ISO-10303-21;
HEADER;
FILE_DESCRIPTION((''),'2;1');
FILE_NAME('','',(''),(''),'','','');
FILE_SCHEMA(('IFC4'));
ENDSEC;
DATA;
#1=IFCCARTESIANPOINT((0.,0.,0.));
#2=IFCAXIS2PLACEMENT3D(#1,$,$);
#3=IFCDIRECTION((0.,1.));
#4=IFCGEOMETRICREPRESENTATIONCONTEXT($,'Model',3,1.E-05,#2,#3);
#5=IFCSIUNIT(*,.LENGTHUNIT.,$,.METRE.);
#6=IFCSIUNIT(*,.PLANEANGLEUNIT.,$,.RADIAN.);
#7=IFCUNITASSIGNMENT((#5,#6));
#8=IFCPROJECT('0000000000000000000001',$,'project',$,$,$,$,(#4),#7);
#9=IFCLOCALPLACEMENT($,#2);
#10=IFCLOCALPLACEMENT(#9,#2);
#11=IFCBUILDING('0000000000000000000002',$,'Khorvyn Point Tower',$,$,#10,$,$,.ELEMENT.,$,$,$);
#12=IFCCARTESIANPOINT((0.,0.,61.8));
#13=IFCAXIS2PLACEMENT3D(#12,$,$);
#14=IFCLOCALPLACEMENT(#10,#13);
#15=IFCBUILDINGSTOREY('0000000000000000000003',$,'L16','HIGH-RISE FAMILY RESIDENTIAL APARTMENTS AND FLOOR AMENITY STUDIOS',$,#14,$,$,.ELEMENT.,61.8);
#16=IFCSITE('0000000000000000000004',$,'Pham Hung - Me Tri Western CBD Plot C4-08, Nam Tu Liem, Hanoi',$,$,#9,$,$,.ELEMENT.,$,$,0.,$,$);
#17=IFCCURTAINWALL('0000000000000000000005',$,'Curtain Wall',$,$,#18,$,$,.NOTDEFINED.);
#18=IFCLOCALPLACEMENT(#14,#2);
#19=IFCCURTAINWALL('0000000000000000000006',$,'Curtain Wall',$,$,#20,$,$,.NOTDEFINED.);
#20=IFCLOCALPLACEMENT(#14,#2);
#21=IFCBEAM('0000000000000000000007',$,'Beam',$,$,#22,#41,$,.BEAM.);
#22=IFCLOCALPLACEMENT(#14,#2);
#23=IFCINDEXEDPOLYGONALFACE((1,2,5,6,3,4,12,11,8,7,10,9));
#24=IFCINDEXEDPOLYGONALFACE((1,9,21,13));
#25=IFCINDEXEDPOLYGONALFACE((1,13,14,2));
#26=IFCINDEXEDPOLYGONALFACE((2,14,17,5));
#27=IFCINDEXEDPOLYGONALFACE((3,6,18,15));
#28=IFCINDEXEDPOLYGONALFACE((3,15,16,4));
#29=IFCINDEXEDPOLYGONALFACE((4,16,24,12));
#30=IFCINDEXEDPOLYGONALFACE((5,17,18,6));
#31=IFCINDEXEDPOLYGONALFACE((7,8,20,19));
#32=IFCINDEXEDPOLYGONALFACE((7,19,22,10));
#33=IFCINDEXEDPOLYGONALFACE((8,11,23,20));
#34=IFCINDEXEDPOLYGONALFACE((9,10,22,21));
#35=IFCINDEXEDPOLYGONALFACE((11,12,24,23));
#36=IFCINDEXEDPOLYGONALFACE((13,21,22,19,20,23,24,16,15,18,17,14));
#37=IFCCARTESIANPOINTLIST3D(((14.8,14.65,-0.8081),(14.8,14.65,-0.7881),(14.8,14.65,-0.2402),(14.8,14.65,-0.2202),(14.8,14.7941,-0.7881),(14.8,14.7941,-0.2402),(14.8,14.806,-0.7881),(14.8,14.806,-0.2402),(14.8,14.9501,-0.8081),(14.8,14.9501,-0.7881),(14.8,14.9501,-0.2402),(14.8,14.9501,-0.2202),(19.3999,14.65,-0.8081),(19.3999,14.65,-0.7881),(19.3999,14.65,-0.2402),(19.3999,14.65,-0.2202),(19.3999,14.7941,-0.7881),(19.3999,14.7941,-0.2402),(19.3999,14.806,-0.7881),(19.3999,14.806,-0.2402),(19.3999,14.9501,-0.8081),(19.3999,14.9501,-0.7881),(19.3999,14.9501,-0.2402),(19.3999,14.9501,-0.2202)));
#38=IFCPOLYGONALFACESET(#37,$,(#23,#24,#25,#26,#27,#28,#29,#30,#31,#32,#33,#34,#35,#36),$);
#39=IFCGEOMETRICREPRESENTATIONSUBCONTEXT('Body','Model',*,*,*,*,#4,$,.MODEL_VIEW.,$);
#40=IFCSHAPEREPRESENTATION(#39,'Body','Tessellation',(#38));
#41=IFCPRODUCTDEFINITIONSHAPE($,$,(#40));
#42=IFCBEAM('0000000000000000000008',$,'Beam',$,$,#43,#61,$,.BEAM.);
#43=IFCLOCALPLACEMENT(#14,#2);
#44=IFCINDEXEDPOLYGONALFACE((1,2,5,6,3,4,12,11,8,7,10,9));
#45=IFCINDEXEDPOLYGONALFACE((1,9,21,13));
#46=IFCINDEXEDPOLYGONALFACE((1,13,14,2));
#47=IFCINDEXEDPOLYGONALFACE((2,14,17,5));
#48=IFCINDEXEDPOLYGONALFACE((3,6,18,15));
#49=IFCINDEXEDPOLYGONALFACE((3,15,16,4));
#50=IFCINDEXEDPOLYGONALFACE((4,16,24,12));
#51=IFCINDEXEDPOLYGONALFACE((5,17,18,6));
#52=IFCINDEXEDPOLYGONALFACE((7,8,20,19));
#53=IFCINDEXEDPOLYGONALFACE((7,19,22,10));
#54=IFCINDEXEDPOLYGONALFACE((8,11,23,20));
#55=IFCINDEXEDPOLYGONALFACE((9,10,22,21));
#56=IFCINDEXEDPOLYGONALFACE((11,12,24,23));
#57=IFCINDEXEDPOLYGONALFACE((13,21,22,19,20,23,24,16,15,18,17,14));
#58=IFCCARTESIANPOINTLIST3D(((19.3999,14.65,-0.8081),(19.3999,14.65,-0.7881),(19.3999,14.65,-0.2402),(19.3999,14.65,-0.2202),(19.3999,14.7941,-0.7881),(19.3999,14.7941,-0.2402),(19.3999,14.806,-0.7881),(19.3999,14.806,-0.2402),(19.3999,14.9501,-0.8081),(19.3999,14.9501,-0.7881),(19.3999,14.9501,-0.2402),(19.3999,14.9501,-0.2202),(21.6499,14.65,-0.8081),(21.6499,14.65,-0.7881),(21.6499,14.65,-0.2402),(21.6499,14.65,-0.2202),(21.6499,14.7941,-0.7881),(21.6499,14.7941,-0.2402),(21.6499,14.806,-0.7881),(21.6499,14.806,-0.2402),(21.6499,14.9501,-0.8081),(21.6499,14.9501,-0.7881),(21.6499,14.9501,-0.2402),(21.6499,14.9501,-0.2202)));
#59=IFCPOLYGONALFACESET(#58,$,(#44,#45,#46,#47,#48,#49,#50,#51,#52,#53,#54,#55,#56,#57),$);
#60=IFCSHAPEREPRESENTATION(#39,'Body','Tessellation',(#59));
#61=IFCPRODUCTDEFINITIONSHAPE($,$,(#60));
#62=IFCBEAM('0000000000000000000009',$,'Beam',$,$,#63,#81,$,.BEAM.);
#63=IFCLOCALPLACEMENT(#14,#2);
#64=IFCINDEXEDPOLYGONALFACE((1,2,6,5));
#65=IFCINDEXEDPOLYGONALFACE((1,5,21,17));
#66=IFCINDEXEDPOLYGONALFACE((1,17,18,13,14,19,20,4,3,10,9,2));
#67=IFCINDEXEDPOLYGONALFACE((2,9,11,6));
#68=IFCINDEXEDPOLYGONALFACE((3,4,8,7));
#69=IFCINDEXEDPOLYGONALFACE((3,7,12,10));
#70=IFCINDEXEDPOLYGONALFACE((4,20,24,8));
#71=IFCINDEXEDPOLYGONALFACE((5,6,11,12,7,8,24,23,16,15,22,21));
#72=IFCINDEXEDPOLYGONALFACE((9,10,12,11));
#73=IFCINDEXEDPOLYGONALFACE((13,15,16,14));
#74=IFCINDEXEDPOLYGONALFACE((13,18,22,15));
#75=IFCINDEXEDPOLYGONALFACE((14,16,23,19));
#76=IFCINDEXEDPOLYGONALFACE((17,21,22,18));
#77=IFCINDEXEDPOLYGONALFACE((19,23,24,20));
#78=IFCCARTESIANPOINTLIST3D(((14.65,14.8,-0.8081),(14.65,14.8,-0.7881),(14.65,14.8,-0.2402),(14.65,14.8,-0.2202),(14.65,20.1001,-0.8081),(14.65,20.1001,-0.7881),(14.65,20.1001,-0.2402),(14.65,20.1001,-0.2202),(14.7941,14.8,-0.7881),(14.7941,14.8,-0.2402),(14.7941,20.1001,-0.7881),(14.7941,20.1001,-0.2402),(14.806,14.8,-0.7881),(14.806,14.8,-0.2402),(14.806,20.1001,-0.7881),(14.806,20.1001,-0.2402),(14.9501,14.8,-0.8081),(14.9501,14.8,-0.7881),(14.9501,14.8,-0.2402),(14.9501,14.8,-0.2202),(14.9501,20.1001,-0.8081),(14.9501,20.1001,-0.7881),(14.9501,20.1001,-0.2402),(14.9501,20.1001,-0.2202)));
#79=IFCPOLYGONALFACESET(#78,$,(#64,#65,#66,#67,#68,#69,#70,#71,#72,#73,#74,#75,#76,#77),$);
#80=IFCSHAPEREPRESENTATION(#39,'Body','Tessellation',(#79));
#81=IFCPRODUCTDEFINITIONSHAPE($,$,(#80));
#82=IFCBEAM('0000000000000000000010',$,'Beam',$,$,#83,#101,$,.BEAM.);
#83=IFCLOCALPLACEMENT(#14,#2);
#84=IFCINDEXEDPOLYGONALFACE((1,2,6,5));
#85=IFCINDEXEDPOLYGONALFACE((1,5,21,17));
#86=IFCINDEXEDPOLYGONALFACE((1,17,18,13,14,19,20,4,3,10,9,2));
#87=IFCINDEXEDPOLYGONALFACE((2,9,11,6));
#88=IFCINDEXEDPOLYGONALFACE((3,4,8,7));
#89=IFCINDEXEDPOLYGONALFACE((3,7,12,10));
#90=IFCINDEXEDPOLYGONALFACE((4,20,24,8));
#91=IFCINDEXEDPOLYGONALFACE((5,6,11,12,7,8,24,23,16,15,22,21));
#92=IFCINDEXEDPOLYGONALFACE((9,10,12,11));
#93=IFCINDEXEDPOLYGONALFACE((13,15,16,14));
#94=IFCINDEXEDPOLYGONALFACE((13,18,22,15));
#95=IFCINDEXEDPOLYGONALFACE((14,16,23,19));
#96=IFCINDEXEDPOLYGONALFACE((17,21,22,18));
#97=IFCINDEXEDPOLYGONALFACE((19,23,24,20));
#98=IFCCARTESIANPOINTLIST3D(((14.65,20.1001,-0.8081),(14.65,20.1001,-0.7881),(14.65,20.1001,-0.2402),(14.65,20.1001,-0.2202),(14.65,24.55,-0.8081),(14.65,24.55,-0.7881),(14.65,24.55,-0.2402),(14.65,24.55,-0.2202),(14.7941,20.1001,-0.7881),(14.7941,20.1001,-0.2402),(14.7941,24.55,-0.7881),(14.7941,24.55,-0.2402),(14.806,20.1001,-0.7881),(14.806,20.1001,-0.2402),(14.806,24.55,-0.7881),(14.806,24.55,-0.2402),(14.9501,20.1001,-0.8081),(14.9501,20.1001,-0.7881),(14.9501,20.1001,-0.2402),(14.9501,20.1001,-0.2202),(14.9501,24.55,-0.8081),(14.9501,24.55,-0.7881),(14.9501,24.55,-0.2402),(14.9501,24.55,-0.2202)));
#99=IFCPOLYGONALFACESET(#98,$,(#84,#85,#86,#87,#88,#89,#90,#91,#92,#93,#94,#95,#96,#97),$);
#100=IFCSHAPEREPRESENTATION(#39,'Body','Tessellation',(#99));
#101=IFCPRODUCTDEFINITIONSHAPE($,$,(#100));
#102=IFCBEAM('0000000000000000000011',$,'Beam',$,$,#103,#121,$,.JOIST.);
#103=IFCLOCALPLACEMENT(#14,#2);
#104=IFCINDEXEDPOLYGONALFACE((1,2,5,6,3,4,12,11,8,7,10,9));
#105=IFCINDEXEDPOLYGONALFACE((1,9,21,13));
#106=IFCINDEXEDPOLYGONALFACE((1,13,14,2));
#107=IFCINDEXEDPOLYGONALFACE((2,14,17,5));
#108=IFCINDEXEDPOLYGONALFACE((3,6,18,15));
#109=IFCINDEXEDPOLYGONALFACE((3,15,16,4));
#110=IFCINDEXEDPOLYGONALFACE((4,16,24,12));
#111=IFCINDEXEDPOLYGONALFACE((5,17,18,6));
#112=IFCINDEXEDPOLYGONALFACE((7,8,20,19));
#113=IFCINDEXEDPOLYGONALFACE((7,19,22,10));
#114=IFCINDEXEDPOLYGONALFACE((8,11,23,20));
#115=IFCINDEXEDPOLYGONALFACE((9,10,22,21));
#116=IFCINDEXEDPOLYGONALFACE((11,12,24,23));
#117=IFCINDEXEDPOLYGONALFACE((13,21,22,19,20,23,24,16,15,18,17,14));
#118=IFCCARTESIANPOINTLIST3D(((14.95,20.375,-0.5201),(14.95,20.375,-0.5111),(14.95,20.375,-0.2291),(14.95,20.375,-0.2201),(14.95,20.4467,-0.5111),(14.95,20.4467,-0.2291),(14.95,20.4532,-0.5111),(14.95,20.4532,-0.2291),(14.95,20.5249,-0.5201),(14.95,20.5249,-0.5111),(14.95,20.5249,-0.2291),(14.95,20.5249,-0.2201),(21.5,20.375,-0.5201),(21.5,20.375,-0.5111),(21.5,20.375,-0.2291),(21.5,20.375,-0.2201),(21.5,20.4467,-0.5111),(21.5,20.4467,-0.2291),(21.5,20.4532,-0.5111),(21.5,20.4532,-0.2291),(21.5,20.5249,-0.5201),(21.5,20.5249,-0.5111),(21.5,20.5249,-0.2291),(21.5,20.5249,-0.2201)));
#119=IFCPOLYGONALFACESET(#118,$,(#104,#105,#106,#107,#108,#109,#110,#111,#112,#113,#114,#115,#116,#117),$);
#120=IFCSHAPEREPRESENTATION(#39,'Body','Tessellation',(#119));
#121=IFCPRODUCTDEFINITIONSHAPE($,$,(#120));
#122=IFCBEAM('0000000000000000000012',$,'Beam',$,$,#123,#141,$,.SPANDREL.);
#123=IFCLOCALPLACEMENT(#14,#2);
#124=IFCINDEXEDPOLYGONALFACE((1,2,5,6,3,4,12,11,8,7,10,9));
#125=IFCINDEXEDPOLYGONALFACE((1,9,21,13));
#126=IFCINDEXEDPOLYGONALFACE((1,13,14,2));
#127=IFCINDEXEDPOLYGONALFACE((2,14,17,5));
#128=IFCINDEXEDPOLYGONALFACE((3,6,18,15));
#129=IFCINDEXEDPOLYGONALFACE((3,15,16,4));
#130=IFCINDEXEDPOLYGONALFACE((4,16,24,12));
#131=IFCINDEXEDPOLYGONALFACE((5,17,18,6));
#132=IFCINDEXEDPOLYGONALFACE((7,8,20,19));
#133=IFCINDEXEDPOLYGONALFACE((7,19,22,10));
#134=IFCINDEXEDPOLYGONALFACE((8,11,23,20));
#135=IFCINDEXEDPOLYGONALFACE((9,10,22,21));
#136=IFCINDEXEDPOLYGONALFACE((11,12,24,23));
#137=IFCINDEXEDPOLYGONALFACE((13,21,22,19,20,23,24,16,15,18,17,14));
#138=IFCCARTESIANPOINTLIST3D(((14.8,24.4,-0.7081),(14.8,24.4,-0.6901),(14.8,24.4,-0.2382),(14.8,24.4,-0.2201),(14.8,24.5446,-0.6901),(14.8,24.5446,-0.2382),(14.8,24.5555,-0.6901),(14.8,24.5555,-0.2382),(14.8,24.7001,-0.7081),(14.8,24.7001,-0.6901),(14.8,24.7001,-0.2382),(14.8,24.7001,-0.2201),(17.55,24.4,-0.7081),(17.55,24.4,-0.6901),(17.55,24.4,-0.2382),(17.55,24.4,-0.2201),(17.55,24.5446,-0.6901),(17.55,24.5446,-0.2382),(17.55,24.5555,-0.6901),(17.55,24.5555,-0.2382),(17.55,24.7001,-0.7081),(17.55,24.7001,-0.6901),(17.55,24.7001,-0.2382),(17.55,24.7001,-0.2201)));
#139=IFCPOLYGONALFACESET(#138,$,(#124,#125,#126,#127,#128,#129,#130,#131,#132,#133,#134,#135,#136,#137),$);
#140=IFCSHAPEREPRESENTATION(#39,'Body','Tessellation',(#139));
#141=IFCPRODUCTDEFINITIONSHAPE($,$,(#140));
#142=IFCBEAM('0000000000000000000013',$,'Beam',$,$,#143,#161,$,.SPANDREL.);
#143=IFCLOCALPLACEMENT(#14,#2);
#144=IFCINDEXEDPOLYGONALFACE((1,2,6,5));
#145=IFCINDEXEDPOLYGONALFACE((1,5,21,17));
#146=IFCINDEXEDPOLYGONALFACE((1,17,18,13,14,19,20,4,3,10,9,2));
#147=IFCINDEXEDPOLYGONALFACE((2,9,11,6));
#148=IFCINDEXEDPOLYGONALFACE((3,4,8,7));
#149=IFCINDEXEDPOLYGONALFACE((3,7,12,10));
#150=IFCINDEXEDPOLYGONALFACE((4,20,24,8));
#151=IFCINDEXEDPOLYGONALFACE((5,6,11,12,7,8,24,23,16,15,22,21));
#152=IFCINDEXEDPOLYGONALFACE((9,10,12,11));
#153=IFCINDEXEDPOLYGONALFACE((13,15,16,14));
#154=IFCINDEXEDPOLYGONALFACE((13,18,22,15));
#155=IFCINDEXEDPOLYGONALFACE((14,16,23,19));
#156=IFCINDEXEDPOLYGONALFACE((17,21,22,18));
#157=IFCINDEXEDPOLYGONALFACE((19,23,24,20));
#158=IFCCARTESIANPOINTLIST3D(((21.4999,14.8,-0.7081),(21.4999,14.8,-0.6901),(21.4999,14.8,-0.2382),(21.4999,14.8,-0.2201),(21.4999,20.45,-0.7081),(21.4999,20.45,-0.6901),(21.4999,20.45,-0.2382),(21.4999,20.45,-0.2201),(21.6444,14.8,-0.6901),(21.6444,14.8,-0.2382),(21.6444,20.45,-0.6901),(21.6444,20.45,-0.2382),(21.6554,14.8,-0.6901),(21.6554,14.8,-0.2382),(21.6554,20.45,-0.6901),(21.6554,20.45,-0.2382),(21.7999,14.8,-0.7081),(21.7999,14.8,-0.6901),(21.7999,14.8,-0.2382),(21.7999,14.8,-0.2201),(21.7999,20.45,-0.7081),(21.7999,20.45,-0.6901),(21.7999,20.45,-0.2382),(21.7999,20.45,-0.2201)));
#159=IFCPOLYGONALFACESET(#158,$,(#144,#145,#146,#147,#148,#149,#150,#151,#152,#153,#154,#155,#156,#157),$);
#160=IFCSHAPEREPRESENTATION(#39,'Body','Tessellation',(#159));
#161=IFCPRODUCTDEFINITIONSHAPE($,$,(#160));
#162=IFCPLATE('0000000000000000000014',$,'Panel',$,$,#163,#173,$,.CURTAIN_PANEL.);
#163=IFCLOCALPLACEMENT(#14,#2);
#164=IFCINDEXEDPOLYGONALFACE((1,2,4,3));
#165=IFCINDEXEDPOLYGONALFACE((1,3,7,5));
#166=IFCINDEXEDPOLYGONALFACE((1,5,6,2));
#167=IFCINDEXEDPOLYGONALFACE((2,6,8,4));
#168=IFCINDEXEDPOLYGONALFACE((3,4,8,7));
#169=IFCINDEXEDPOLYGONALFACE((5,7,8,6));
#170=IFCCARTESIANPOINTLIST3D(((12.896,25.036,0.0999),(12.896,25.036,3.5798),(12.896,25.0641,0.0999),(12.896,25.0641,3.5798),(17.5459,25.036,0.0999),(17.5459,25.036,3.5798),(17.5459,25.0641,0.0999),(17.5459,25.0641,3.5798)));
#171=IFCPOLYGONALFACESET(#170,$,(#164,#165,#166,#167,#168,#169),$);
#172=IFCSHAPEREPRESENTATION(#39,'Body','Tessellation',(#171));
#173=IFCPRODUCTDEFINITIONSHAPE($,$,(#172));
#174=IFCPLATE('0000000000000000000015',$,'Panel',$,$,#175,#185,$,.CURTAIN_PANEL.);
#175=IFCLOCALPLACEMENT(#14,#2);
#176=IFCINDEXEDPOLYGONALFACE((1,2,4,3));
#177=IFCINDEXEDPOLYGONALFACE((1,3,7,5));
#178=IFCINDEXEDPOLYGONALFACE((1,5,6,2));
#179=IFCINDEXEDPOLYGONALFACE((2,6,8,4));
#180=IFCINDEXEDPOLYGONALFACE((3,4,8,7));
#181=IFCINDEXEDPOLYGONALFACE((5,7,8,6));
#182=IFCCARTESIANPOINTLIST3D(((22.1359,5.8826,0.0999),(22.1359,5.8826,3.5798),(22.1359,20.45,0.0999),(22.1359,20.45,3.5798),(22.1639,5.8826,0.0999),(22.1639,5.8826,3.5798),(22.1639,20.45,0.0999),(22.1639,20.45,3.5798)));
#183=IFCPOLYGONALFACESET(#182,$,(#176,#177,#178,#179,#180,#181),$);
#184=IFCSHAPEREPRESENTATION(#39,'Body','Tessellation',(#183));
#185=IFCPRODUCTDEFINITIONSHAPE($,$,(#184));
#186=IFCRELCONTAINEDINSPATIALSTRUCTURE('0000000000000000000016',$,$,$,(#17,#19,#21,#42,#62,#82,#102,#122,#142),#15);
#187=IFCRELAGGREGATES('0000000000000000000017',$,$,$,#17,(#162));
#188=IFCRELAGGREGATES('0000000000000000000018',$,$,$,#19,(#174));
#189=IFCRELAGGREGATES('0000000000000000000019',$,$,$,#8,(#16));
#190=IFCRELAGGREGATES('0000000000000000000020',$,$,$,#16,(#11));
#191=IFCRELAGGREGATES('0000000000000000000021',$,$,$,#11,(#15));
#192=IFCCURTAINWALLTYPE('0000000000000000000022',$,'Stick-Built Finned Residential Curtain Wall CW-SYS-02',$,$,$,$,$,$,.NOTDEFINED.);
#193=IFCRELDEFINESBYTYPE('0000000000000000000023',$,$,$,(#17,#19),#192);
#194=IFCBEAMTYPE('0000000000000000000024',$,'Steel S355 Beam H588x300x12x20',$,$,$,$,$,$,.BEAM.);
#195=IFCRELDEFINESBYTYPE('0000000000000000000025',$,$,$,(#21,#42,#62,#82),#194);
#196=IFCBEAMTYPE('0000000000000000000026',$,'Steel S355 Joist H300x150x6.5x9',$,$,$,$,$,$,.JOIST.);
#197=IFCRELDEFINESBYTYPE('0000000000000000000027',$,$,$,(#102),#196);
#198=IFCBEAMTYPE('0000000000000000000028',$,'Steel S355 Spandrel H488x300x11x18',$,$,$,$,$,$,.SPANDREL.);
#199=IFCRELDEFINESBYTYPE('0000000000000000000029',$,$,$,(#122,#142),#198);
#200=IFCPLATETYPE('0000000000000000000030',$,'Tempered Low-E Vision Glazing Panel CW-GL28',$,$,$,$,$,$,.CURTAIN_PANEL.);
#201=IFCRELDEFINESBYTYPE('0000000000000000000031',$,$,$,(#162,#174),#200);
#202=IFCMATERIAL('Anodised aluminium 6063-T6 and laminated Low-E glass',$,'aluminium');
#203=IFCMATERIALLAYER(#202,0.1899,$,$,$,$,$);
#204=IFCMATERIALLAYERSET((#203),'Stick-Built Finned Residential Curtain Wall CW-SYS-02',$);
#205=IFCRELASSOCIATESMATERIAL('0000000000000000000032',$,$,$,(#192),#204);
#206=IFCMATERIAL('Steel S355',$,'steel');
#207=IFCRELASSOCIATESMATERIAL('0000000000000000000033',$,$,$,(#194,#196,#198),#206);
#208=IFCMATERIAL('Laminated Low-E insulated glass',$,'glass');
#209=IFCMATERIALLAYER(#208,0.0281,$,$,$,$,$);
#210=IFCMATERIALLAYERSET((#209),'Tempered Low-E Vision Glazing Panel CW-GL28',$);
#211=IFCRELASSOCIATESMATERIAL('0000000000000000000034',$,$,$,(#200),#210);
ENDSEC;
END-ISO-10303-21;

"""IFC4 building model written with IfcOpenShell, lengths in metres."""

from ifc_helpers import new_model, si_unit, direction, frame, origin, origin_2d, place, context, subcontext, project, spatial, rectangle, i_section, extrude, material, layer, layer_set, material_profile, profile_set, type_object, element, aggregate, save


model = new_model("IFC4")

# Units and contexts
model_context = context("Model", 3, precision=1e-05, world=origin(), true_north=direction((0.0, 1.0)))
body_context = subcontext(model_context, "Body", "Model", "MODEL_VIEW")
ifc_project = project(units=[si_unit("LENGTHUNIT", "METRE"), si_unit("PLANEANGLEUNIT", "RADIAN")], contexts=[model_context])

# Site, building, storey
site_placement = place(None, origin())
site = spatial("IfcSite", under=ifc_project, at=site_placement, Name="Pham Hung - Me Tri Western CBD Plot C4-08, Nam Tu Liem, Hanoi", CompositionType="ELEMENT", RefElevation=0.0)
building_placement = place(site_placement, origin())
building = spatial("IfcBuilding", under=site, at=building_placement, Name="Khorvyn Point Tower", CompositionType="ELEMENT")
storey_placement = place(building_placement, frame((0.0, 0.0, 61.8)))
storey = spatial("IfcBuildingStorey", under=building, at=storey_placement, Name="L16", Description="HIGH-RISE FAMILY RESIDENTIAL APARTMENTS AND FLOOR AMENITY STUDIOS", CompositionType="ELEMENT", Elevation=61.8)

# Curtain wall
ifc_material_1 = material(Name="Anodised aluminium 6063-T6 and laminated Low-E glass", Category="aluminium")
ifc_layer_1 = layer(ifc_material_1, 0.1899)
ifc_layer_set_1 = layer_set([ifc_layer_1], Name="Stick-Built Finned Residential Curtain Wall CW-SYS-02")
curtain_wall_type = type_object("IfcCurtainWallType", Name="Stick-Built Finned Residential Curtain Wall CW-SYS-02", PredefinedType="NOTDEFINED", material=ifc_layer_set_1)
curtain_wall_1_placement = place(storey_placement, origin())
curtain_wall_1 = element("IfcCurtainWall", 1, at=curtain_wall_1_placement, inside=storey, type_object=curtain_wall_type, Name="Curtain Wall", PredefinedType="NOTDEFINED")

# Curtain wall
curtain_wall_2_placement = place(storey_placement, origin())
curtain_wall_2 = element("IfcCurtainWall", 2, at=curtain_wall_2_placement, inside=storey, type_object=curtain_wall_type, Name="Curtain Wall", PredefinedType="NOTDEFINED")

# Beams
ifc_material_2 = material(Name="Steel S355", Category="steel")
ifc_material_profile_1 = material_profile(ifc_material_2, i_section(OverallWidth=0.3, OverallDepth=0.5879, WebThickness=0.012, FlangeThickness=0.02, at=origin_2d()))
ifc_profile_set_1 = profile_set([ifc_material_profile_1], Name="Steel S355 H588x300x12x20")
beam_type_1 = type_object("IfcBeamType", Name="Steel S355 Beam H588x300x12x20", PredefinedType="BEAM", material=ifc_profile_set_1)
beam_1_placement = place(storey_placement, frame((14.8, 14.8, -0.5142), z_axis=(1.0, 0.0, 0.0), x_axis=(0.0, 1.0, 0.0)))
element("IfcBeam", 3, at=beam_1_placement, inside=storey, type_object=beam_type_1, Name="Beam", PredefinedType="BEAM", context=body_context, shape_type="SweptSolid", body=[
    extrude(i_section(OverallWidth=0.3, OverallDepth=0.5879, WebThickness=0.012, FlangeThickness=0.02, at=origin_2d()), origin(), (0.0, 0.0, 1.0), 4.5999),
])
beam_2_placement = place(storey_placement, frame((19.3999, 14.8, -0.5142), z_axis=(1.0, 0.0, 0.0), x_axis=(0.0, 1.0, 0.0)))
element("IfcBeam", 4, at=beam_2_placement, inside=storey, type_object=beam_type_1, Name="Beam", PredefinedType="BEAM", context=body_context, shape_type="SweptSolid", body=[
    extrude(i_section(OverallWidth=0.3, OverallDepth=0.5879, WebThickness=0.012, FlangeThickness=0.02, at=origin_2d()), origin(), (0.0, 0.0, 1.0), 2.25),
])
beam_3_placement = place(storey_placement, frame((14.8, 14.8, -0.5142), z_axis=(0.0, 1.0, 0.0), x_axis=(-1.0, 0.0, 0.0)))
element("IfcBeam", 5, at=beam_3_placement, inside=storey, type_object=beam_type_1, Name="Beam", PredefinedType="BEAM", context=body_context, shape_type="SweptSolid", body=[
    extrude(i_section(OverallWidth=0.3, OverallDepth=0.5879, WebThickness=0.012, FlangeThickness=0.02, at=origin_2d()), origin(), (0.0, 0.0, 1.0), 5.3),
])
beam_4_placement = place(storey_placement, frame((14.8, 20.1001, -0.5142), z_axis=(0.0, 1.0, 0.0), x_axis=(-1.0, 0.0, 0.0)))
element("IfcBeam", 6, at=beam_4_placement, inside=storey, type_object=beam_type_1, Name="Beam", PredefinedType="BEAM", context=body_context, shape_type="SweptSolid", body=[
    extrude(i_section(OverallWidth=0.3, OverallDepth=0.5879, WebThickness=0.012, FlangeThickness=0.02, at=origin_2d()), origin(), (0.0, 0.0, 1.0), 4.45),
])
ifc_material_profile_2 = material_profile(ifc_material_2, i_section(OverallWidth=0.1499, OverallDepth=0.3, WebThickness=0.0066, FlangeThickness=0.009, at=origin_2d()))
ifc_profile_set_2 = profile_set([ifc_material_profile_2], Name="Steel S355 H300x150x6.5x9")
beam_type_2 = type_object("IfcBeamType", Name="Steel S355 Joist H300x150x6.5x9", PredefinedType="JOIST", material=ifc_profile_set_2)
beam_5_placement = place(storey_placement, frame((14.95, 20.45, -0.3701), z_axis=(1.0, 0.0, 0.0), x_axis=(0.0, 1.0, 0.0)))
element("IfcBeam", 7, at=beam_5_placement, inside=storey, type_object=beam_type_2, Name="Beam", PredefinedType="JOIST", context=body_context, shape_type="SweptSolid", body=[
    extrude(i_section(OverallWidth=0.1499, OverallDepth=0.3, WebThickness=0.0066, FlangeThickness=0.009, at=origin_2d()), origin(), (0.0, 0.0, 1.0), 6.55),
])
ifc_material_profile_3 = material_profile(ifc_material_2, i_section(OverallWidth=0.3, OverallDepth=0.488, WebThickness=0.011, FlangeThickness=0.0181, at=origin_2d()))
ifc_profile_set_3 = profile_set([ifc_material_profile_3], Name="Steel S355 H488x300x11x18")
beam_type_3 = type_object("IfcBeamType", Name="Steel S355 Spandrel H488x300x11x18", PredefinedType="SPANDREL", material=ifc_profile_set_3)
beam_6_placement = place(storey_placement, frame((14.8, 24.55, -0.4641), z_axis=(1.0, 0.0, 0.0), x_axis=(0.0, 1.0, 0.0)))
element("IfcBeam", 8, at=beam_6_placement, inside=storey, type_object=beam_type_3, Name="Beam", PredefinedType="SPANDREL", context=body_context, shape_type="SweptSolid", body=[
    extrude(i_section(OverallWidth=0.3, OverallDepth=0.488, WebThickness=0.011, FlangeThickness=0.0181, at=origin_2d()), origin(), (0.0, 0.0, 1.0), 2.75),
])
beam_7_placement = place(storey_placement, frame((21.6499, 14.8, -0.4641), z_axis=(0.0, 1.0, 0.0), x_axis=(-1.0, 0.0, 0.0)))
element("IfcBeam", 9, at=beam_7_placement, inside=storey, type_object=beam_type_3, Name="Beam", PredefinedType="SPANDREL", context=body_context, shape_type="SweptSolid", body=[
    extrude(i_section(OverallWidth=0.3, OverallDepth=0.488, WebThickness=0.011, FlangeThickness=0.0181, at=origin_2d()), origin(), (0.0, 0.0, 1.0), 5.6499),
])

# Plates
ifc_material_3 = material(Name="Laminated Low-E insulated glass", Category="glass")
ifc_layer_2 = layer(ifc_material_3, 0.0281)
ifc_layer_set_2 = layer_set([ifc_layer_2], Name="Tempered Low-E Vision Glazing Panel CW-GL28")
plate_type = type_object("IfcPlateType", Name="Tempered Low-E Vision Glazing Panel CW-GL28", PredefinedType="CURTAIN_PANEL", material=ifc_layer_set_2)
plate_1_placement = place(storey_placement, frame((15.2209, 25.05, 0.0999), z_axis=(0.0, 0.0, 1.0), x_axis=(1.0, 0.0, 0.0)))
plate_1 = element("IfcPlate", 10, at=plate_1_placement, type_object=plate_type, Name="Panel", PredefinedType="CURTAIN_PANEL", context=body_context, shape_type="SweptSolid", body=[
    extrude(rectangle(XDim=4.6499, YDim=0.0281, at=origin_2d()), origin(), (0.0, 0.0, 1.0), 3.48),
])
aggregate(curtain_wall_1, [plate_1])
plate_2_placement = place(storey_placement, frame((22.1499, 13.1663, 0.0999), z_axis=(0.0, 0.0, 1.0), x_axis=(0.0, -1.0, 0.0)))
plate_2 = element("IfcPlate", 11, at=plate_2_placement, type_object=plate_type, Name="Panel", PredefinedType="CURTAIN_PANEL", context=body_context, shape_type="SweptSolid", body=[
    extrude(rectangle(XDim=14.5674, YDim=0.0281, at=origin_2d()), origin(), (0.0, 0.0, 1.0), 3.48),
])
aggregate(curtain_wall_2, [plate_2])

save(model, "model.ifc")
